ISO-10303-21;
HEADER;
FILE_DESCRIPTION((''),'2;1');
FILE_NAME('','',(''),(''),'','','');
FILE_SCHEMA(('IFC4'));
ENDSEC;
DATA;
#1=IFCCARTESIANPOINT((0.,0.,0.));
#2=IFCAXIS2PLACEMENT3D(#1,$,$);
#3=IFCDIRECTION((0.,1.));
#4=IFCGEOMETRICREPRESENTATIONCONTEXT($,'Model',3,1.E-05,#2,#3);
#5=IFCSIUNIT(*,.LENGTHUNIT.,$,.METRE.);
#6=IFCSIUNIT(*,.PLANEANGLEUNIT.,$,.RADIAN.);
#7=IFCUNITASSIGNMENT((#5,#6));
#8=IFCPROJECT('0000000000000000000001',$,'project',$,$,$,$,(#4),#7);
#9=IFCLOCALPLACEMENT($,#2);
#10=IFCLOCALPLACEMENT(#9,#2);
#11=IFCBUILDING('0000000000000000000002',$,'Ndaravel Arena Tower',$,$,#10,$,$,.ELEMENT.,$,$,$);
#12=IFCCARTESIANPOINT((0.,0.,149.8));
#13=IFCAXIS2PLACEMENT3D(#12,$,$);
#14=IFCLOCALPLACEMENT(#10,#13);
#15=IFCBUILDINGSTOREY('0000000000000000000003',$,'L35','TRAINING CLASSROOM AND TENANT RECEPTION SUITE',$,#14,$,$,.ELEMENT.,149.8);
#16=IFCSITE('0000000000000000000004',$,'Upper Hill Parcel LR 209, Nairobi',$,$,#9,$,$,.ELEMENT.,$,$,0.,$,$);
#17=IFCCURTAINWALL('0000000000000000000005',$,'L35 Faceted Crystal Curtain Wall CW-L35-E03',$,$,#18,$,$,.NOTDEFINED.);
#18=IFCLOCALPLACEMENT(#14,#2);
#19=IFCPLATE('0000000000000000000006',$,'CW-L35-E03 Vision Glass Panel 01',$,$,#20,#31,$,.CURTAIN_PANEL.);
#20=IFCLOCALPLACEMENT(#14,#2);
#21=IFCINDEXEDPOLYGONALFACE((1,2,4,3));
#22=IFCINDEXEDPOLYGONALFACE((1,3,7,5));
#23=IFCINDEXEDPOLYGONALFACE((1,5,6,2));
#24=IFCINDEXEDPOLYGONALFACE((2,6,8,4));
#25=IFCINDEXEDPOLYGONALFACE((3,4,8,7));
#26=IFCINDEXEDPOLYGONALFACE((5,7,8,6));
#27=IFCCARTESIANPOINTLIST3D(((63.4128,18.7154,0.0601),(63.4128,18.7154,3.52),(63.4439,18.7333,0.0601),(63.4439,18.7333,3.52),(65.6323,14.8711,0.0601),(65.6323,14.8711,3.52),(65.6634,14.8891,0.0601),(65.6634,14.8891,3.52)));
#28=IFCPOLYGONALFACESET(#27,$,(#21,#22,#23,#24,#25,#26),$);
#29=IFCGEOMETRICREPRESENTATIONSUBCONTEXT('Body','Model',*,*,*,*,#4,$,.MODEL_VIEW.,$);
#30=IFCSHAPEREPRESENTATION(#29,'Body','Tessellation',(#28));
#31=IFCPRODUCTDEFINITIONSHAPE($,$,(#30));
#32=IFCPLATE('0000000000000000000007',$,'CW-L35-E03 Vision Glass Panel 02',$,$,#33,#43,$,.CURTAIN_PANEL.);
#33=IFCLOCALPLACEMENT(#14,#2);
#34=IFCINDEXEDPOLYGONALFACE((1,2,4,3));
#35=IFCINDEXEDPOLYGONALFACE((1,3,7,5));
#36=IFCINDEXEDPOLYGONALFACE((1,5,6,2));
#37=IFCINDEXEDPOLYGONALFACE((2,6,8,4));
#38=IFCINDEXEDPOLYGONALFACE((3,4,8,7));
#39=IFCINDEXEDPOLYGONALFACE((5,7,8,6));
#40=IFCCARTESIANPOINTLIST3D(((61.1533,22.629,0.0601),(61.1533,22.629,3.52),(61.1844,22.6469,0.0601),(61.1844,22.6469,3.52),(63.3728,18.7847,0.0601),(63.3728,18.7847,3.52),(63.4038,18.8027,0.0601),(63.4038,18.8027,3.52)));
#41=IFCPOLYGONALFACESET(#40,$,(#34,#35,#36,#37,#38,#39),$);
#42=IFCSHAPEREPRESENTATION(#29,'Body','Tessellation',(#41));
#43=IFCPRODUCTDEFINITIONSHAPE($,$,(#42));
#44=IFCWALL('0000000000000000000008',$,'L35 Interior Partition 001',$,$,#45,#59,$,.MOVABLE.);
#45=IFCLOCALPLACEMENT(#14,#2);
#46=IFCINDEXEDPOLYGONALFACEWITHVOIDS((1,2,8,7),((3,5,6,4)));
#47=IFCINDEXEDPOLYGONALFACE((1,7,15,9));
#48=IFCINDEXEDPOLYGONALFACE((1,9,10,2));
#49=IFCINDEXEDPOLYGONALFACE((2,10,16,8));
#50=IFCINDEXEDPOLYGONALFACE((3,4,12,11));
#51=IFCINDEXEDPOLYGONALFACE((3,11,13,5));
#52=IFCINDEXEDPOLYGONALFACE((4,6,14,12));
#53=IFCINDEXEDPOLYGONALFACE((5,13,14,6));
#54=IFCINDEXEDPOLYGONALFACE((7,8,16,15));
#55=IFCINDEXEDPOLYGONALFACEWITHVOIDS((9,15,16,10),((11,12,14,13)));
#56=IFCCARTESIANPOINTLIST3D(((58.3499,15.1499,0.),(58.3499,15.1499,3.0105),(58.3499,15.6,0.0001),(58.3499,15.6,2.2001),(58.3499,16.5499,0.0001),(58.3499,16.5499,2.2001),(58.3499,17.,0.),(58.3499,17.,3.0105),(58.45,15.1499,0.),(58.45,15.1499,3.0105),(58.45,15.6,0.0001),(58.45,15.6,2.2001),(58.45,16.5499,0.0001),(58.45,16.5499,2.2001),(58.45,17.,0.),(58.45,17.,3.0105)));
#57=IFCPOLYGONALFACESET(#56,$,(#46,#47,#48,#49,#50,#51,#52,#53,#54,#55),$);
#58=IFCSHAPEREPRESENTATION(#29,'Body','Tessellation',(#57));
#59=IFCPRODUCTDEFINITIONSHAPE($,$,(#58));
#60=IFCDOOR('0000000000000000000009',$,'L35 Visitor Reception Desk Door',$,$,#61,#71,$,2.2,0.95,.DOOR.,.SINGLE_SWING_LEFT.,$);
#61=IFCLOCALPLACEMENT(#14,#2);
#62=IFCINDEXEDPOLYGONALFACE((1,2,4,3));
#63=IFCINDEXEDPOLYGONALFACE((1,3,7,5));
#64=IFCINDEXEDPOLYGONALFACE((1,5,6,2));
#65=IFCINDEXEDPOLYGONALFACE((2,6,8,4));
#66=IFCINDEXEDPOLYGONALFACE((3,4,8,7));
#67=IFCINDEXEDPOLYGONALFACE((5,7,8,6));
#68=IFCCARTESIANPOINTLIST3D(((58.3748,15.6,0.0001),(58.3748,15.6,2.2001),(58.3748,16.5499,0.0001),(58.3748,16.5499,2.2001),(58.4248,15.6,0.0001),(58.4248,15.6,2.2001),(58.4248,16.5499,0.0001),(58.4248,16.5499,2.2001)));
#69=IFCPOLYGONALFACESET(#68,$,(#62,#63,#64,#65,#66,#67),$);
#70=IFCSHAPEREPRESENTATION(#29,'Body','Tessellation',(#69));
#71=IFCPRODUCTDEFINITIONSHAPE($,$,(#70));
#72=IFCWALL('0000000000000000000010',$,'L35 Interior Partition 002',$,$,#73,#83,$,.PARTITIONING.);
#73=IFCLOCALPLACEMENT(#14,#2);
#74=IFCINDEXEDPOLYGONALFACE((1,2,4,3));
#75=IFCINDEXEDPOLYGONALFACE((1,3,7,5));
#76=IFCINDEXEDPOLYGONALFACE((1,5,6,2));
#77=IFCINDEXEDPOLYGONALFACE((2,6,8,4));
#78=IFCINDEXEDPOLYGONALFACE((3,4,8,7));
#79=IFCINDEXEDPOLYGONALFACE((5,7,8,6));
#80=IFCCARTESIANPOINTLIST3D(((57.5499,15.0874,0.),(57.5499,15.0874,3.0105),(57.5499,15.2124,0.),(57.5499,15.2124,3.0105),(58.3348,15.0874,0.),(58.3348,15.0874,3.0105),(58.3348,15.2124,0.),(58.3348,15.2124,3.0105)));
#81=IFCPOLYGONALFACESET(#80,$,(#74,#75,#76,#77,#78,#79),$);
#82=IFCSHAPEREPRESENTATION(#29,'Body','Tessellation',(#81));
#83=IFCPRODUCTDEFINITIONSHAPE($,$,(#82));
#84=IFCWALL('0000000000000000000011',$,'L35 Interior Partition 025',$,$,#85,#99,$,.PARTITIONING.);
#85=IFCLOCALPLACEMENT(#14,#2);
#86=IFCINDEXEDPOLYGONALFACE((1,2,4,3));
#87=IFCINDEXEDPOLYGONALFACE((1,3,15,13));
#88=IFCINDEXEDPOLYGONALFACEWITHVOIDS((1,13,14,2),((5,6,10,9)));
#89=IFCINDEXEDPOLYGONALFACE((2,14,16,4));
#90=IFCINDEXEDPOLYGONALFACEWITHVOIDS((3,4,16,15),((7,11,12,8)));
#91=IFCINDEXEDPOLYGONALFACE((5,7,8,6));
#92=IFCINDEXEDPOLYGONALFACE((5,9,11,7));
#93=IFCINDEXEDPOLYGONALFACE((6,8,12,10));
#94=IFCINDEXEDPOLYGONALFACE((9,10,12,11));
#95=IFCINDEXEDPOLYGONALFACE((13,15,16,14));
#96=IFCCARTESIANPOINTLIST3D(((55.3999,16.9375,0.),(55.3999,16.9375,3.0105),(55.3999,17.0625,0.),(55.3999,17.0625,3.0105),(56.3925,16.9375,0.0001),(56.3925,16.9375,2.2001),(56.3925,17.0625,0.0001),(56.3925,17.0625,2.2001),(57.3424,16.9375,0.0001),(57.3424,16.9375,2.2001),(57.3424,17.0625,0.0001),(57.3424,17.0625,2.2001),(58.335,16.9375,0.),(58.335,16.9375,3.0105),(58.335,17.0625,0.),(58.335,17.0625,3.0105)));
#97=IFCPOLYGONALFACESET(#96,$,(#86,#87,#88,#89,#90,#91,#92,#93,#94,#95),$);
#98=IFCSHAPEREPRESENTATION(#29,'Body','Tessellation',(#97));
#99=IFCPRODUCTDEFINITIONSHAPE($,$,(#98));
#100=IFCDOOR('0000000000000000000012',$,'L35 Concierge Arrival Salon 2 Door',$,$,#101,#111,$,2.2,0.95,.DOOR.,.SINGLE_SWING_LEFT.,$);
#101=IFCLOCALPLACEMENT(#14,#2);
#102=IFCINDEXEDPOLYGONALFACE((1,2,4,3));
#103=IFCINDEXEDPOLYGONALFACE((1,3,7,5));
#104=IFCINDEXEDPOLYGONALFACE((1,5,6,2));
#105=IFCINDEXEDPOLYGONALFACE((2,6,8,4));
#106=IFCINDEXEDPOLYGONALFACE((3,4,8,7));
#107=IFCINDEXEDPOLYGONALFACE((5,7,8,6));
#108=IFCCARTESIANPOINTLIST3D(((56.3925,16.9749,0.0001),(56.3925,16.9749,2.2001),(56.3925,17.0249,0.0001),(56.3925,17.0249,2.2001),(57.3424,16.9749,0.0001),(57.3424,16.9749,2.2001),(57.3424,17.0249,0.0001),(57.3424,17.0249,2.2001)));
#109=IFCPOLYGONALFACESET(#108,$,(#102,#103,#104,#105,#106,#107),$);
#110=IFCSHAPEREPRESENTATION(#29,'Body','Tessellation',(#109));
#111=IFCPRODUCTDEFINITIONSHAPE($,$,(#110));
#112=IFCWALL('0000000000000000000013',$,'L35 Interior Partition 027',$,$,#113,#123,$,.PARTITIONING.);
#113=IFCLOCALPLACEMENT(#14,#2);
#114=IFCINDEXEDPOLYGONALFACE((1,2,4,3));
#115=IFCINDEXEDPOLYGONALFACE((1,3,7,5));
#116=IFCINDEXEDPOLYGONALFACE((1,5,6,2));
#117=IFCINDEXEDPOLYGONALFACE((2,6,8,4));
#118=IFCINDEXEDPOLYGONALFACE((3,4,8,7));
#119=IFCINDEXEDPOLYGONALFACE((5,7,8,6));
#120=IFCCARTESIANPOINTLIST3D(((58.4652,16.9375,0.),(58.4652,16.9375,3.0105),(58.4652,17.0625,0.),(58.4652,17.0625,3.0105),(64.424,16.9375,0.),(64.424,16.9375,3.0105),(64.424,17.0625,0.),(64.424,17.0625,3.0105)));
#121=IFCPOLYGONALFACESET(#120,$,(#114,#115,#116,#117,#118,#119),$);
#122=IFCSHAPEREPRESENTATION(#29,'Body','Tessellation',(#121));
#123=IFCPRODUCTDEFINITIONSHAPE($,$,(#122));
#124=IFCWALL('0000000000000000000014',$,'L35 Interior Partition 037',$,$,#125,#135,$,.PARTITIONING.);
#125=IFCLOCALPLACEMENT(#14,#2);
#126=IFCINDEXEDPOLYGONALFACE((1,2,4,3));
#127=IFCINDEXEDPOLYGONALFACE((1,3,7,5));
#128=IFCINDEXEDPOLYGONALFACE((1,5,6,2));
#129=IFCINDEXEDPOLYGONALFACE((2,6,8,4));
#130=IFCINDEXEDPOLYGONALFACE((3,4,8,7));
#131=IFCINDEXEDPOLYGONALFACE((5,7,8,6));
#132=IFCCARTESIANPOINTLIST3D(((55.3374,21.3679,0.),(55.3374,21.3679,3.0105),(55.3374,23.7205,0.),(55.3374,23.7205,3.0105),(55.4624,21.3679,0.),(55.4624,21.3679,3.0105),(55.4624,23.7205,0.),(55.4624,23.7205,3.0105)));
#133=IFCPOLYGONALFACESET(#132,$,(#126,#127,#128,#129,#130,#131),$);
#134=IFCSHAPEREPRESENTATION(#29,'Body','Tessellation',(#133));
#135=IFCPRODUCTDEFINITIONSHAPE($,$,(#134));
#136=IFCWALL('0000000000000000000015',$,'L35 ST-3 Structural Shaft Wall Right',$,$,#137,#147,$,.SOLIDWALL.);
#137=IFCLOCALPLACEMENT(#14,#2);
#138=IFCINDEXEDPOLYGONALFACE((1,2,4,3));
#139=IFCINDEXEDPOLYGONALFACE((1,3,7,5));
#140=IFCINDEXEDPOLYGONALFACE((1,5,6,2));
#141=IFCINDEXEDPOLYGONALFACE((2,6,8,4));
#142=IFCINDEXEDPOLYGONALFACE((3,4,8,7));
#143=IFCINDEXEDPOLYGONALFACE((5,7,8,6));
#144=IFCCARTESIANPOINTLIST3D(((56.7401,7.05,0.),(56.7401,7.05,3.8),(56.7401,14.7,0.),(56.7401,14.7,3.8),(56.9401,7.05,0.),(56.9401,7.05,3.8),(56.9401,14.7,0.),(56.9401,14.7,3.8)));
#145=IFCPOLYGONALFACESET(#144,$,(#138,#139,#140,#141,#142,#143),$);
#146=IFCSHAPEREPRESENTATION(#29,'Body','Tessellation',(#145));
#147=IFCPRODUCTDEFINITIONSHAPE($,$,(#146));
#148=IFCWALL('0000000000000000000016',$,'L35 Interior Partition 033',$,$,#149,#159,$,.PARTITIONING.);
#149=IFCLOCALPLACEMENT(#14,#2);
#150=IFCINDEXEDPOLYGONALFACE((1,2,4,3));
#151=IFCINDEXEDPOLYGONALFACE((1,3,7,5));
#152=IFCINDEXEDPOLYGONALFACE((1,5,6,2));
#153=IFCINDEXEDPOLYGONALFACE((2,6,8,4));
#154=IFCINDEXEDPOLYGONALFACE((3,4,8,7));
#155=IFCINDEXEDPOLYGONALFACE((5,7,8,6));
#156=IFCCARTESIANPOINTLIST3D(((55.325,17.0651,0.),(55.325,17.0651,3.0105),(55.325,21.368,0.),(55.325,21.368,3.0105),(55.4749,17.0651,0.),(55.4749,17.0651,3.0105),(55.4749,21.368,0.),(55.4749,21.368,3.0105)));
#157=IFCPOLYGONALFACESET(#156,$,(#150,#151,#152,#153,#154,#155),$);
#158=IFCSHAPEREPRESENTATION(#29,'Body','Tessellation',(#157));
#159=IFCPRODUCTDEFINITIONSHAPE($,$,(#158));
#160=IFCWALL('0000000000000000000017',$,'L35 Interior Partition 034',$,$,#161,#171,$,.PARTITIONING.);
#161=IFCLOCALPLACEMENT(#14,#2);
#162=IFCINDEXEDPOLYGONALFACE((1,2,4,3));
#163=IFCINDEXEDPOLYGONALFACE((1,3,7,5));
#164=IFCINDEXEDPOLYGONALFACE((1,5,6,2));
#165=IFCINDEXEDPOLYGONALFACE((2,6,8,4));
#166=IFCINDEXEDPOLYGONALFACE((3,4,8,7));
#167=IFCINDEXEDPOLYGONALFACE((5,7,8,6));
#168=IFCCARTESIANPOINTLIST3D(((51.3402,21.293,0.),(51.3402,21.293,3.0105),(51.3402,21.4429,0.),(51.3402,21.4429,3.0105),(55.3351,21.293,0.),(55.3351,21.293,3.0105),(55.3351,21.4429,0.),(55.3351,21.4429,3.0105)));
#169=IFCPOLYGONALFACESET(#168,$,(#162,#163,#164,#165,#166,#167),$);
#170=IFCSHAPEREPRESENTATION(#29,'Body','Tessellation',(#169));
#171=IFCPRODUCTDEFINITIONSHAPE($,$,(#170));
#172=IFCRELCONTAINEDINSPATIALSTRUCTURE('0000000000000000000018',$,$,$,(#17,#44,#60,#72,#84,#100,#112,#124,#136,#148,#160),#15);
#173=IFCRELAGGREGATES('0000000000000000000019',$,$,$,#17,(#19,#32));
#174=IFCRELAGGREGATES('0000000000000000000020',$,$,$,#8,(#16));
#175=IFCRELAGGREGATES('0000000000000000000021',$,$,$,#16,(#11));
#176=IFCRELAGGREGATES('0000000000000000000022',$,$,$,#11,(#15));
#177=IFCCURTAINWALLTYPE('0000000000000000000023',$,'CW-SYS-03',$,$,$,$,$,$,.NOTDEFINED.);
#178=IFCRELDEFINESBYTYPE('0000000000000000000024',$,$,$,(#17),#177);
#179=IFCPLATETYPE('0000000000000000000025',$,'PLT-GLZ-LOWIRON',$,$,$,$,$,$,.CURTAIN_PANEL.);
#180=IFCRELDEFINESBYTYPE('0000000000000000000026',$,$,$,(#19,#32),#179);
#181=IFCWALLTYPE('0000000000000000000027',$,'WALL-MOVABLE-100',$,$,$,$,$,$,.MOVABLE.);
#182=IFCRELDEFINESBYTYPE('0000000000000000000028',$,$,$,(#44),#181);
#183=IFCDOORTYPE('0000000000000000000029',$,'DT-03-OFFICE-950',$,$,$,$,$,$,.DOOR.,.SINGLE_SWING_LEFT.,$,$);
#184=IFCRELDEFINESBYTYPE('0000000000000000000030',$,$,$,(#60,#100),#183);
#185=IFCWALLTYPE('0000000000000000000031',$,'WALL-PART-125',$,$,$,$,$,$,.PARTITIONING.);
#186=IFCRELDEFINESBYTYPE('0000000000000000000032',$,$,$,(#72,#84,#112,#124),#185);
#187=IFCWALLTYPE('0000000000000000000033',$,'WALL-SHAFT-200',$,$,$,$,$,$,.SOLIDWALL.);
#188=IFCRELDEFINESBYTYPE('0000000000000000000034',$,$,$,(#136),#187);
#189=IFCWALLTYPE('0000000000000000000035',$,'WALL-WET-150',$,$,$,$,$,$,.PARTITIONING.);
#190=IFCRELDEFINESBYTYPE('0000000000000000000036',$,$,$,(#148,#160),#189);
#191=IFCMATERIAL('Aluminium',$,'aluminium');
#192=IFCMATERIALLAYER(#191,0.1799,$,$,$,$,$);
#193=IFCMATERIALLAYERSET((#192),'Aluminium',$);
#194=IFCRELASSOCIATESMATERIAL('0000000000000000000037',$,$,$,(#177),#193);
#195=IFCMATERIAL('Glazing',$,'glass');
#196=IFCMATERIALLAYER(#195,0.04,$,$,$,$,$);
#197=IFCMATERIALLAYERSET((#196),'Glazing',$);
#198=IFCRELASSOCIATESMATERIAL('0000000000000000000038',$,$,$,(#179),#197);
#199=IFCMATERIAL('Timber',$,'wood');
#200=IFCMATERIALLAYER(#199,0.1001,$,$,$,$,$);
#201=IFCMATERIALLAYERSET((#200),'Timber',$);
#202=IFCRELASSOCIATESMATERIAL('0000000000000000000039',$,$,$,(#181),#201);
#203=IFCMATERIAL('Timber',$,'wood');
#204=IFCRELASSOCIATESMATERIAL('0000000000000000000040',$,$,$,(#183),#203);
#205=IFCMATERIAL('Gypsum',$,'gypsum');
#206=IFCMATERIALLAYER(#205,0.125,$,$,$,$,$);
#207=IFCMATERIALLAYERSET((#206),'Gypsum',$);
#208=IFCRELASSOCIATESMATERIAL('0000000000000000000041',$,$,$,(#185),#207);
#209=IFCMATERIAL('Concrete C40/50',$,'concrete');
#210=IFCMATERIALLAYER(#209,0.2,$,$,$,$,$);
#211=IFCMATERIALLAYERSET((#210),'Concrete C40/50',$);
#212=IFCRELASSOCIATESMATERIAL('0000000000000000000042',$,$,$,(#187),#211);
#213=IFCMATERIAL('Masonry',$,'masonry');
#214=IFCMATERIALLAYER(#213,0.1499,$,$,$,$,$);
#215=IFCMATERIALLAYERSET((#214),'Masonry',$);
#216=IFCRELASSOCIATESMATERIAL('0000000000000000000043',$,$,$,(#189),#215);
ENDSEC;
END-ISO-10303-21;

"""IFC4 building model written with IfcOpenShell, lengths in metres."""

from ifc_helpers import new_model, si_unit, direction, frame, frame_2d, origin, origin_2d, place, context, subcontext, project, spatial, rectangle, extrude, material, layer, layer_set, type_object, element, fill, aggregate, save


model = new_model("IFC4")

# Units and contexts
model_context = context("Model", 3, precision=1e-05, world=origin(), true_north=direction((0.0, 1.0)))
body_context = subcontext(model_context, "Body", "Model", "MODEL_VIEW")
ifc_project = project(units=[si_unit("LENGTHUNIT", "METRE"), si_unit("PLANEANGLEUNIT", "RADIAN")], contexts=[model_context])

# Site, building, storey
site_placement = place(None, origin())
site = spatial("IfcSite", under=ifc_project, at=site_placement, Name="Upper Hill Parcel LR 209, Nairobi", CompositionType="ELEMENT", RefElevation=0.0)
building_placement = place(site_placement, origin())
building = spatial("IfcBuilding", under=site, at=building_placement, Name="Ndaravel Arena Tower", CompositionType="ELEMENT")
storey_placement = place(building_placement, frame((0.0, 0.0, 149.8)))
storey = spatial("IfcBuildingStorey", under=building, at=storey_placement, Name="L35", Description="TRAINING CLASSROOM AND TENANT RECEPTION SUITE", CompositionType="ELEMENT", Elevation=149.8)

# Curtain wall, plates
ifc_material_1 = material(Name="Aluminium", Category="aluminium")
ifc_layer_1 = layer(ifc_material_1, 0.1799)
ifc_layer_set_1 = layer_set([ifc_layer_1], Name="Aluminium")
curtain_wall_type = type_object("IfcCurtainWallType", Name="CW-SYS-03", PredefinedType="NOTDEFINED", material=ifc_layer_set_1)
curtain_wall_placement = place(storey_placement, origin())
curtain_wall = element("IfcCurtainWall", 1, at=curtain_wall_placement, inside=storey, type_object=curtain_wall_type, Name="L35 Faceted Crystal Curtain Wall CW-L35-E03", PredefinedType="NOTDEFINED")
ifc_material_2 = material(Name="Glazing", Category="glass")
ifc_layer_2 = layer(ifc_material_2, 0.04)
ifc_layer_set_2 = layer_set([ifc_layer_2], Name="Glazing")
plate_type = type_object("IfcPlateType", Name="PLT-GLZ-LOWIRON", PredefinedType="CURTAIN_PANEL", material=ifc_layer_set_2)
plate_1_placement = place(storey_placement, frame((64.5381, 16.8022, 0.0601), z_axis=(0.0, 0.0, 1.0), x_axis=(-0.5, 0.866025, 0.0)))
plate_1 = element("IfcPlate", 2, at=plate_1_placement, type_object=plate_type, Name="CW-L35-E03 Vision Glass Panel 01", PredefinedType="CURTAIN_PANEL", context=body_context, shape_type="SweptSolid", body=[
    extrude(rectangle(XDim=4.439, YDim=0.0359, at=origin_2d()), origin(), (0.0, 0.0, 1.0), 3.46),
])
plate_2_placement = place(storey_placement, frame((62.2786, 20.7158, 0.0601), z_axis=(0.0, 0.0, 1.0), x_axis=(-0.5, 0.866025, 0.0)))
plate_2 = element("IfcPlate", 3, at=plate_2_placement, type_object=plate_type, Name="CW-L35-E03 Vision Glass Panel 02", PredefinedType="CURTAIN_PANEL", context=body_context, shape_type="SweptSolid", body=[
    extrude(rectangle(XDim=4.439, YDim=0.0359, at=origin_2d()), origin(), (0.0, 0.0, 1.0), 3.46),
])
aggregate(curtain_wall, [plate_1, plate_2])

# Wall, opening, door
ifc_material_3 = material(Name="Timber", Category="wood")
ifc_layer_3 = layer(ifc_material_3, 0.1001)
ifc_layer_set_3 = layer_set([ifc_layer_3], Name="Timber")
wall_type_1 = type_object("IfcWallType", Name="WALL-MOVABLE-100", PredefinedType="MOVABLE", material=ifc_layer_set_3)
wall_1_placement = place(storey_placement, frame((58.3999, 17.0, 0.0), z_axis=(0.0, 0.0, 1.0), x_axis=(0.0, -1.0, 0.0)))
wall_1 = element("IfcWall", 4, at=wall_1_placement, inside=storey, type_object=wall_type_1, Name="L35 Interior Partition 001", PredefinedType="MOVABLE", context=body_context, shape_type="SweptSolid", body=[
    extrude(rectangle(XDim=1.8501, YDim=0.1001, at=frame_2d((0.925, 0.0))), origin(), (0.0, 0.0, 1.0), 3.0105),
])
opening_1_placement = place(wall_1_placement, frame((0.45, 0.0, 0.0)))
opening_1 = element("IfcOpeningElement", 5, at=opening_1_placement, cuts=wall_1, PredefinedType="OPENING", context=body_context, shape_type="SweptSolid", body=[
    extrude(rectangle(XDim=0.95, YDim=2.2, at=frame_2d((0.4751, 1.1001))), frame((0.0, 0.05, 0.0), z_axis=(0.0, -1.0, 0.0), x_axis=(1.0, 0.0, 0.0)), (0.0, 0.0, 1.0), 0.1001),
])
ifc_material_4 = material(Name="Timber", Category="wood")
door_type = type_object("IfcDoorType", Name="DT-03-OFFICE-950", OperationType="SINGLE_SWING_LEFT", PredefinedType="DOOR", material=ifc_material_4)
door_1_placement = place(opening_1_placement, origin())
door_1 = element("IfcDoor", 6, at=door_1_placement, inside=storey, type_object=door_type, Name="L35 Visitor Reception Desk Door", OperationType="SINGLE_SWING_LEFT", OverallHeight=2.2, OverallWidth=0.95, PredefinedType="DOOR", context=body_context, shape_type="SweptSolid", body=[
    extrude(rectangle(XDim=0.95, YDim=2.2, at=frame_2d((0.4751, 1.1001))), frame((0.0, 0.0249, 0.0), z_axis=(0.0, -1.0, 0.0), x_axis=(1.0, 0.0, 0.0)), (0.0, 0.0, 1.0), 0.05),
])
fill(opening_1, door_1)

# Wall
ifc_material_5 = material(Name="Gypsum", Category="gypsum")
ifc_layer_4 = layer(ifc_material_5, 0.125)
ifc_layer_set_4 = layer_set([ifc_layer_4], Name="Gypsum")
wall_type_2 = type_object("IfcWallType", Name="WALL-PART-125", PredefinedType="PARTITIONING", material=ifc_layer_set_4)
wall_2_placement = place(storey_placement, frame((58.335, 15.1499, 0.0), z_axis=(0.0, 0.0, 1.0), x_axis=(-1.0, 0.0, 0.0)))
element("IfcWall", 7, at=wall_2_placement, inside=storey, type_object=wall_type_2, Name="L35 Interior Partition 002", PredefinedType="PARTITIONING", context=body_context, shape_type="SweptSolid", body=[
    extrude(rectangle(XDim=0.7849, YDim=0.125, at=frame_2d((0.3926, 0.0))), origin(), (0.0, 0.0, 1.0), 3.0105),
])

# Wall, opening, door
wall_3_placement = place(storey_placement, frame((55.3999, 17.0, 0.0), z_axis=(0.0, 0.0, 1.0), x_axis=(1.0, 0.0, 0.0)))
wall_3 = element("IfcWall", 8, at=wall_3_placement, inside=storey, type_object=wall_type_2, Name="L35 Interior Partition 025", PredefinedType="PARTITIONING", context=body_context, shape_type="SweptSolid", body=[
    extrude(rectangle(XDim=2.9351, YDim=0.125, at=frame_2d((1.4675, 0.0))), origin(), (0.0, 0.0, 1.0), 3.0105),
])
opening_2_placement = place(wall_3_placement, frame((0.9924, 0.0, 0.0)))
opening_2 = element("IfcOpeningElement", 9, at=opening_2_placement, cuts=wall_3, PredefinedType="OPENING", context=body_context, shape_type="SweptSolid", body=[
    extrude(rectangle(XDim=0.95, YDim=2.2, at=frame_2d((0.4751, 1.1001))), frame((0.0, 0.0625, 0.0), z_axis=(0.0, -1.0, 0.0), x_axis=(1.0, 0.0, 0.0)), (0.0, 0.0, 1.0), 0.125),
])
door_2_placement = place(opening_2_placement, origin())
door_2 = element("IfcDoor", 10, at=door_2_placement, inside=storey, type_object=door_type, Name="L35 Concierge Arrival Salon 2 Door", OperationType="SINGLE_SWING_LEFT", OverallHeight=2.2, OverallWidth=0.95, PredefinedType="DOOR", context=body_context, shape_type="SweptSolid", body=[
    extrude(rectangle(XDim=0.95, YDim=2.2, at=frame_2d((0.4751, 1.1001))), frame((0.0, 0.0249, 0.0), z_axis=(0.0, -1.0, 0.0), x_axis=(1.0, 0.0, 0.0)), (0.0, 0.0, 1.0), 0.05),
])
fill(opening_2, door_2)

# Walls
wall_4_placement = place(storey_placement, frame((58.4651, 17.0, 0.0), z_axis=(0.0, 0.0, 1.0), x_axis=(1.0, 0.0, 0.0)))
element("IfcWall", 11, at=wall_4_placement, inside=storey, type_object=wall_type_2, Name="L35 Interior Partition 027", PredefinedType="PARTITIONING", context=body_context, shape_type="SweptSolid", body=[
    extrude(rectangle(XDim=5.9587, YDim=0.125, at=frame_2d((2.9795, 0.0))), origin(), (0.0, 0.0, 1.0), 3.0105),
])
wall_5_placement = place(storey_placement, frame((55.3999, 21.3679, 0.0), z_axis=(0.0, 0.0, 1.0), x_axis=(0.0, 1.0, 0.0)))
element("IfcWall", 12, at=wall_5_placement, inside=storey, type_object=wall_type_2, Name="L35 Interior Partition 037", PredefinedType="PARTITIONING", context=body_context, shape_type="SweptSolid", body=[
    extrude(rectangle(XDim=2.3525, YDim=0.125, at=frame_2d((1.1763, 0.0))), origin(), (0.0, 0.0, 1.0), 3.0105),
])
ifc_material_6 = material(Name="Concrete C40/50", Category="concrete")
ifc_layer_5 = layer(ifc_material_6, 0.2)
ifc_layer_set_5 = layer_set([ifc_layer_5], Name="Concrete C40/50")
wall_type_3 = type_object("IfcWallType", Name="WALL-SHAFT-200", PredefinedType="SOLIDWALL", material=ifc_layer_set_5)
wall_6_placement = place(storey_placement, frame((56.8401, 14.7, 0.0), z_axis=(0.0, 0.0, 1.0), x_axis=(0.0, -1.0, 0.0)))
element("IfcWall", 13, at=wall_6_placement, inside=storey, type_object=wall_type_3, Name="L35 ST-3 Structural Shaft Wall Right", PredefinedType="SOLIDWALL", context=body_context, shape_type="SweptSolid", body=[
    extrude(rectangle(XDim=7.6499, YDim=0.2, at=frame_2d((3.825, 0.0))), origin(), (0.0, 0.0, 1.0), 3.8),
])
ifc_material_7 = material(Name="Masonry", Category="masonry")
ifc_layer_6 = layer(ifc_material_7, 0.1499)
ifc_layer_set_6 = layer_set([ifc_layer_6], Name="Masonry")
wall_type_4 = type_object("IfcWallType", Name="WALL-WET-150", PredefinedType="PARTITIONING", material=ifc_layer_set_6)
wall_7_placement = place(storey_placement, frame((55.3999, 21.3679, 0.0), z_axis=(0.0, 0.0, 1.0), x_axis=(0.0, -1.0, 0.0)))
element("IfcWall", 14, at=wall_7_placement, inside=storey, type_object=wall_type_4, Name="L35 Interior Partition 033", PredefinedType="PARTITIONING", context=body_context, shape_type="SweptSolid", body=[
    extrude(rectangle(XDim=4.303, YDim=0.1499, at=frame_2d((2.1514, 0.0))), origin(), (0.0, 0.0, 1.0), 3.0105),
])
wall_8_placement = place(storey_placement, frame((51.3401, 21.3679, 0.0), z_axis=(0.0, 0.0, 1.0), x_axis=(1.0, 0.0, 0.0)))
element("IfcWall", 15, at=wall_8_placement, inside=storey, type_object=wall_type_4, Name="L35 Interior Partition 034", PredefinedType="PARTITIONING", context=body_context, shape_type="SweptSolid", body=[
    extrude(rectangle(XDim=3.9949, YDim=0.1499, at=frame_2d((1.9976, 0.0))), origin(), (0.0, 0.0, 1.0), 3.0105),
])

save(model, "model.ifc")
